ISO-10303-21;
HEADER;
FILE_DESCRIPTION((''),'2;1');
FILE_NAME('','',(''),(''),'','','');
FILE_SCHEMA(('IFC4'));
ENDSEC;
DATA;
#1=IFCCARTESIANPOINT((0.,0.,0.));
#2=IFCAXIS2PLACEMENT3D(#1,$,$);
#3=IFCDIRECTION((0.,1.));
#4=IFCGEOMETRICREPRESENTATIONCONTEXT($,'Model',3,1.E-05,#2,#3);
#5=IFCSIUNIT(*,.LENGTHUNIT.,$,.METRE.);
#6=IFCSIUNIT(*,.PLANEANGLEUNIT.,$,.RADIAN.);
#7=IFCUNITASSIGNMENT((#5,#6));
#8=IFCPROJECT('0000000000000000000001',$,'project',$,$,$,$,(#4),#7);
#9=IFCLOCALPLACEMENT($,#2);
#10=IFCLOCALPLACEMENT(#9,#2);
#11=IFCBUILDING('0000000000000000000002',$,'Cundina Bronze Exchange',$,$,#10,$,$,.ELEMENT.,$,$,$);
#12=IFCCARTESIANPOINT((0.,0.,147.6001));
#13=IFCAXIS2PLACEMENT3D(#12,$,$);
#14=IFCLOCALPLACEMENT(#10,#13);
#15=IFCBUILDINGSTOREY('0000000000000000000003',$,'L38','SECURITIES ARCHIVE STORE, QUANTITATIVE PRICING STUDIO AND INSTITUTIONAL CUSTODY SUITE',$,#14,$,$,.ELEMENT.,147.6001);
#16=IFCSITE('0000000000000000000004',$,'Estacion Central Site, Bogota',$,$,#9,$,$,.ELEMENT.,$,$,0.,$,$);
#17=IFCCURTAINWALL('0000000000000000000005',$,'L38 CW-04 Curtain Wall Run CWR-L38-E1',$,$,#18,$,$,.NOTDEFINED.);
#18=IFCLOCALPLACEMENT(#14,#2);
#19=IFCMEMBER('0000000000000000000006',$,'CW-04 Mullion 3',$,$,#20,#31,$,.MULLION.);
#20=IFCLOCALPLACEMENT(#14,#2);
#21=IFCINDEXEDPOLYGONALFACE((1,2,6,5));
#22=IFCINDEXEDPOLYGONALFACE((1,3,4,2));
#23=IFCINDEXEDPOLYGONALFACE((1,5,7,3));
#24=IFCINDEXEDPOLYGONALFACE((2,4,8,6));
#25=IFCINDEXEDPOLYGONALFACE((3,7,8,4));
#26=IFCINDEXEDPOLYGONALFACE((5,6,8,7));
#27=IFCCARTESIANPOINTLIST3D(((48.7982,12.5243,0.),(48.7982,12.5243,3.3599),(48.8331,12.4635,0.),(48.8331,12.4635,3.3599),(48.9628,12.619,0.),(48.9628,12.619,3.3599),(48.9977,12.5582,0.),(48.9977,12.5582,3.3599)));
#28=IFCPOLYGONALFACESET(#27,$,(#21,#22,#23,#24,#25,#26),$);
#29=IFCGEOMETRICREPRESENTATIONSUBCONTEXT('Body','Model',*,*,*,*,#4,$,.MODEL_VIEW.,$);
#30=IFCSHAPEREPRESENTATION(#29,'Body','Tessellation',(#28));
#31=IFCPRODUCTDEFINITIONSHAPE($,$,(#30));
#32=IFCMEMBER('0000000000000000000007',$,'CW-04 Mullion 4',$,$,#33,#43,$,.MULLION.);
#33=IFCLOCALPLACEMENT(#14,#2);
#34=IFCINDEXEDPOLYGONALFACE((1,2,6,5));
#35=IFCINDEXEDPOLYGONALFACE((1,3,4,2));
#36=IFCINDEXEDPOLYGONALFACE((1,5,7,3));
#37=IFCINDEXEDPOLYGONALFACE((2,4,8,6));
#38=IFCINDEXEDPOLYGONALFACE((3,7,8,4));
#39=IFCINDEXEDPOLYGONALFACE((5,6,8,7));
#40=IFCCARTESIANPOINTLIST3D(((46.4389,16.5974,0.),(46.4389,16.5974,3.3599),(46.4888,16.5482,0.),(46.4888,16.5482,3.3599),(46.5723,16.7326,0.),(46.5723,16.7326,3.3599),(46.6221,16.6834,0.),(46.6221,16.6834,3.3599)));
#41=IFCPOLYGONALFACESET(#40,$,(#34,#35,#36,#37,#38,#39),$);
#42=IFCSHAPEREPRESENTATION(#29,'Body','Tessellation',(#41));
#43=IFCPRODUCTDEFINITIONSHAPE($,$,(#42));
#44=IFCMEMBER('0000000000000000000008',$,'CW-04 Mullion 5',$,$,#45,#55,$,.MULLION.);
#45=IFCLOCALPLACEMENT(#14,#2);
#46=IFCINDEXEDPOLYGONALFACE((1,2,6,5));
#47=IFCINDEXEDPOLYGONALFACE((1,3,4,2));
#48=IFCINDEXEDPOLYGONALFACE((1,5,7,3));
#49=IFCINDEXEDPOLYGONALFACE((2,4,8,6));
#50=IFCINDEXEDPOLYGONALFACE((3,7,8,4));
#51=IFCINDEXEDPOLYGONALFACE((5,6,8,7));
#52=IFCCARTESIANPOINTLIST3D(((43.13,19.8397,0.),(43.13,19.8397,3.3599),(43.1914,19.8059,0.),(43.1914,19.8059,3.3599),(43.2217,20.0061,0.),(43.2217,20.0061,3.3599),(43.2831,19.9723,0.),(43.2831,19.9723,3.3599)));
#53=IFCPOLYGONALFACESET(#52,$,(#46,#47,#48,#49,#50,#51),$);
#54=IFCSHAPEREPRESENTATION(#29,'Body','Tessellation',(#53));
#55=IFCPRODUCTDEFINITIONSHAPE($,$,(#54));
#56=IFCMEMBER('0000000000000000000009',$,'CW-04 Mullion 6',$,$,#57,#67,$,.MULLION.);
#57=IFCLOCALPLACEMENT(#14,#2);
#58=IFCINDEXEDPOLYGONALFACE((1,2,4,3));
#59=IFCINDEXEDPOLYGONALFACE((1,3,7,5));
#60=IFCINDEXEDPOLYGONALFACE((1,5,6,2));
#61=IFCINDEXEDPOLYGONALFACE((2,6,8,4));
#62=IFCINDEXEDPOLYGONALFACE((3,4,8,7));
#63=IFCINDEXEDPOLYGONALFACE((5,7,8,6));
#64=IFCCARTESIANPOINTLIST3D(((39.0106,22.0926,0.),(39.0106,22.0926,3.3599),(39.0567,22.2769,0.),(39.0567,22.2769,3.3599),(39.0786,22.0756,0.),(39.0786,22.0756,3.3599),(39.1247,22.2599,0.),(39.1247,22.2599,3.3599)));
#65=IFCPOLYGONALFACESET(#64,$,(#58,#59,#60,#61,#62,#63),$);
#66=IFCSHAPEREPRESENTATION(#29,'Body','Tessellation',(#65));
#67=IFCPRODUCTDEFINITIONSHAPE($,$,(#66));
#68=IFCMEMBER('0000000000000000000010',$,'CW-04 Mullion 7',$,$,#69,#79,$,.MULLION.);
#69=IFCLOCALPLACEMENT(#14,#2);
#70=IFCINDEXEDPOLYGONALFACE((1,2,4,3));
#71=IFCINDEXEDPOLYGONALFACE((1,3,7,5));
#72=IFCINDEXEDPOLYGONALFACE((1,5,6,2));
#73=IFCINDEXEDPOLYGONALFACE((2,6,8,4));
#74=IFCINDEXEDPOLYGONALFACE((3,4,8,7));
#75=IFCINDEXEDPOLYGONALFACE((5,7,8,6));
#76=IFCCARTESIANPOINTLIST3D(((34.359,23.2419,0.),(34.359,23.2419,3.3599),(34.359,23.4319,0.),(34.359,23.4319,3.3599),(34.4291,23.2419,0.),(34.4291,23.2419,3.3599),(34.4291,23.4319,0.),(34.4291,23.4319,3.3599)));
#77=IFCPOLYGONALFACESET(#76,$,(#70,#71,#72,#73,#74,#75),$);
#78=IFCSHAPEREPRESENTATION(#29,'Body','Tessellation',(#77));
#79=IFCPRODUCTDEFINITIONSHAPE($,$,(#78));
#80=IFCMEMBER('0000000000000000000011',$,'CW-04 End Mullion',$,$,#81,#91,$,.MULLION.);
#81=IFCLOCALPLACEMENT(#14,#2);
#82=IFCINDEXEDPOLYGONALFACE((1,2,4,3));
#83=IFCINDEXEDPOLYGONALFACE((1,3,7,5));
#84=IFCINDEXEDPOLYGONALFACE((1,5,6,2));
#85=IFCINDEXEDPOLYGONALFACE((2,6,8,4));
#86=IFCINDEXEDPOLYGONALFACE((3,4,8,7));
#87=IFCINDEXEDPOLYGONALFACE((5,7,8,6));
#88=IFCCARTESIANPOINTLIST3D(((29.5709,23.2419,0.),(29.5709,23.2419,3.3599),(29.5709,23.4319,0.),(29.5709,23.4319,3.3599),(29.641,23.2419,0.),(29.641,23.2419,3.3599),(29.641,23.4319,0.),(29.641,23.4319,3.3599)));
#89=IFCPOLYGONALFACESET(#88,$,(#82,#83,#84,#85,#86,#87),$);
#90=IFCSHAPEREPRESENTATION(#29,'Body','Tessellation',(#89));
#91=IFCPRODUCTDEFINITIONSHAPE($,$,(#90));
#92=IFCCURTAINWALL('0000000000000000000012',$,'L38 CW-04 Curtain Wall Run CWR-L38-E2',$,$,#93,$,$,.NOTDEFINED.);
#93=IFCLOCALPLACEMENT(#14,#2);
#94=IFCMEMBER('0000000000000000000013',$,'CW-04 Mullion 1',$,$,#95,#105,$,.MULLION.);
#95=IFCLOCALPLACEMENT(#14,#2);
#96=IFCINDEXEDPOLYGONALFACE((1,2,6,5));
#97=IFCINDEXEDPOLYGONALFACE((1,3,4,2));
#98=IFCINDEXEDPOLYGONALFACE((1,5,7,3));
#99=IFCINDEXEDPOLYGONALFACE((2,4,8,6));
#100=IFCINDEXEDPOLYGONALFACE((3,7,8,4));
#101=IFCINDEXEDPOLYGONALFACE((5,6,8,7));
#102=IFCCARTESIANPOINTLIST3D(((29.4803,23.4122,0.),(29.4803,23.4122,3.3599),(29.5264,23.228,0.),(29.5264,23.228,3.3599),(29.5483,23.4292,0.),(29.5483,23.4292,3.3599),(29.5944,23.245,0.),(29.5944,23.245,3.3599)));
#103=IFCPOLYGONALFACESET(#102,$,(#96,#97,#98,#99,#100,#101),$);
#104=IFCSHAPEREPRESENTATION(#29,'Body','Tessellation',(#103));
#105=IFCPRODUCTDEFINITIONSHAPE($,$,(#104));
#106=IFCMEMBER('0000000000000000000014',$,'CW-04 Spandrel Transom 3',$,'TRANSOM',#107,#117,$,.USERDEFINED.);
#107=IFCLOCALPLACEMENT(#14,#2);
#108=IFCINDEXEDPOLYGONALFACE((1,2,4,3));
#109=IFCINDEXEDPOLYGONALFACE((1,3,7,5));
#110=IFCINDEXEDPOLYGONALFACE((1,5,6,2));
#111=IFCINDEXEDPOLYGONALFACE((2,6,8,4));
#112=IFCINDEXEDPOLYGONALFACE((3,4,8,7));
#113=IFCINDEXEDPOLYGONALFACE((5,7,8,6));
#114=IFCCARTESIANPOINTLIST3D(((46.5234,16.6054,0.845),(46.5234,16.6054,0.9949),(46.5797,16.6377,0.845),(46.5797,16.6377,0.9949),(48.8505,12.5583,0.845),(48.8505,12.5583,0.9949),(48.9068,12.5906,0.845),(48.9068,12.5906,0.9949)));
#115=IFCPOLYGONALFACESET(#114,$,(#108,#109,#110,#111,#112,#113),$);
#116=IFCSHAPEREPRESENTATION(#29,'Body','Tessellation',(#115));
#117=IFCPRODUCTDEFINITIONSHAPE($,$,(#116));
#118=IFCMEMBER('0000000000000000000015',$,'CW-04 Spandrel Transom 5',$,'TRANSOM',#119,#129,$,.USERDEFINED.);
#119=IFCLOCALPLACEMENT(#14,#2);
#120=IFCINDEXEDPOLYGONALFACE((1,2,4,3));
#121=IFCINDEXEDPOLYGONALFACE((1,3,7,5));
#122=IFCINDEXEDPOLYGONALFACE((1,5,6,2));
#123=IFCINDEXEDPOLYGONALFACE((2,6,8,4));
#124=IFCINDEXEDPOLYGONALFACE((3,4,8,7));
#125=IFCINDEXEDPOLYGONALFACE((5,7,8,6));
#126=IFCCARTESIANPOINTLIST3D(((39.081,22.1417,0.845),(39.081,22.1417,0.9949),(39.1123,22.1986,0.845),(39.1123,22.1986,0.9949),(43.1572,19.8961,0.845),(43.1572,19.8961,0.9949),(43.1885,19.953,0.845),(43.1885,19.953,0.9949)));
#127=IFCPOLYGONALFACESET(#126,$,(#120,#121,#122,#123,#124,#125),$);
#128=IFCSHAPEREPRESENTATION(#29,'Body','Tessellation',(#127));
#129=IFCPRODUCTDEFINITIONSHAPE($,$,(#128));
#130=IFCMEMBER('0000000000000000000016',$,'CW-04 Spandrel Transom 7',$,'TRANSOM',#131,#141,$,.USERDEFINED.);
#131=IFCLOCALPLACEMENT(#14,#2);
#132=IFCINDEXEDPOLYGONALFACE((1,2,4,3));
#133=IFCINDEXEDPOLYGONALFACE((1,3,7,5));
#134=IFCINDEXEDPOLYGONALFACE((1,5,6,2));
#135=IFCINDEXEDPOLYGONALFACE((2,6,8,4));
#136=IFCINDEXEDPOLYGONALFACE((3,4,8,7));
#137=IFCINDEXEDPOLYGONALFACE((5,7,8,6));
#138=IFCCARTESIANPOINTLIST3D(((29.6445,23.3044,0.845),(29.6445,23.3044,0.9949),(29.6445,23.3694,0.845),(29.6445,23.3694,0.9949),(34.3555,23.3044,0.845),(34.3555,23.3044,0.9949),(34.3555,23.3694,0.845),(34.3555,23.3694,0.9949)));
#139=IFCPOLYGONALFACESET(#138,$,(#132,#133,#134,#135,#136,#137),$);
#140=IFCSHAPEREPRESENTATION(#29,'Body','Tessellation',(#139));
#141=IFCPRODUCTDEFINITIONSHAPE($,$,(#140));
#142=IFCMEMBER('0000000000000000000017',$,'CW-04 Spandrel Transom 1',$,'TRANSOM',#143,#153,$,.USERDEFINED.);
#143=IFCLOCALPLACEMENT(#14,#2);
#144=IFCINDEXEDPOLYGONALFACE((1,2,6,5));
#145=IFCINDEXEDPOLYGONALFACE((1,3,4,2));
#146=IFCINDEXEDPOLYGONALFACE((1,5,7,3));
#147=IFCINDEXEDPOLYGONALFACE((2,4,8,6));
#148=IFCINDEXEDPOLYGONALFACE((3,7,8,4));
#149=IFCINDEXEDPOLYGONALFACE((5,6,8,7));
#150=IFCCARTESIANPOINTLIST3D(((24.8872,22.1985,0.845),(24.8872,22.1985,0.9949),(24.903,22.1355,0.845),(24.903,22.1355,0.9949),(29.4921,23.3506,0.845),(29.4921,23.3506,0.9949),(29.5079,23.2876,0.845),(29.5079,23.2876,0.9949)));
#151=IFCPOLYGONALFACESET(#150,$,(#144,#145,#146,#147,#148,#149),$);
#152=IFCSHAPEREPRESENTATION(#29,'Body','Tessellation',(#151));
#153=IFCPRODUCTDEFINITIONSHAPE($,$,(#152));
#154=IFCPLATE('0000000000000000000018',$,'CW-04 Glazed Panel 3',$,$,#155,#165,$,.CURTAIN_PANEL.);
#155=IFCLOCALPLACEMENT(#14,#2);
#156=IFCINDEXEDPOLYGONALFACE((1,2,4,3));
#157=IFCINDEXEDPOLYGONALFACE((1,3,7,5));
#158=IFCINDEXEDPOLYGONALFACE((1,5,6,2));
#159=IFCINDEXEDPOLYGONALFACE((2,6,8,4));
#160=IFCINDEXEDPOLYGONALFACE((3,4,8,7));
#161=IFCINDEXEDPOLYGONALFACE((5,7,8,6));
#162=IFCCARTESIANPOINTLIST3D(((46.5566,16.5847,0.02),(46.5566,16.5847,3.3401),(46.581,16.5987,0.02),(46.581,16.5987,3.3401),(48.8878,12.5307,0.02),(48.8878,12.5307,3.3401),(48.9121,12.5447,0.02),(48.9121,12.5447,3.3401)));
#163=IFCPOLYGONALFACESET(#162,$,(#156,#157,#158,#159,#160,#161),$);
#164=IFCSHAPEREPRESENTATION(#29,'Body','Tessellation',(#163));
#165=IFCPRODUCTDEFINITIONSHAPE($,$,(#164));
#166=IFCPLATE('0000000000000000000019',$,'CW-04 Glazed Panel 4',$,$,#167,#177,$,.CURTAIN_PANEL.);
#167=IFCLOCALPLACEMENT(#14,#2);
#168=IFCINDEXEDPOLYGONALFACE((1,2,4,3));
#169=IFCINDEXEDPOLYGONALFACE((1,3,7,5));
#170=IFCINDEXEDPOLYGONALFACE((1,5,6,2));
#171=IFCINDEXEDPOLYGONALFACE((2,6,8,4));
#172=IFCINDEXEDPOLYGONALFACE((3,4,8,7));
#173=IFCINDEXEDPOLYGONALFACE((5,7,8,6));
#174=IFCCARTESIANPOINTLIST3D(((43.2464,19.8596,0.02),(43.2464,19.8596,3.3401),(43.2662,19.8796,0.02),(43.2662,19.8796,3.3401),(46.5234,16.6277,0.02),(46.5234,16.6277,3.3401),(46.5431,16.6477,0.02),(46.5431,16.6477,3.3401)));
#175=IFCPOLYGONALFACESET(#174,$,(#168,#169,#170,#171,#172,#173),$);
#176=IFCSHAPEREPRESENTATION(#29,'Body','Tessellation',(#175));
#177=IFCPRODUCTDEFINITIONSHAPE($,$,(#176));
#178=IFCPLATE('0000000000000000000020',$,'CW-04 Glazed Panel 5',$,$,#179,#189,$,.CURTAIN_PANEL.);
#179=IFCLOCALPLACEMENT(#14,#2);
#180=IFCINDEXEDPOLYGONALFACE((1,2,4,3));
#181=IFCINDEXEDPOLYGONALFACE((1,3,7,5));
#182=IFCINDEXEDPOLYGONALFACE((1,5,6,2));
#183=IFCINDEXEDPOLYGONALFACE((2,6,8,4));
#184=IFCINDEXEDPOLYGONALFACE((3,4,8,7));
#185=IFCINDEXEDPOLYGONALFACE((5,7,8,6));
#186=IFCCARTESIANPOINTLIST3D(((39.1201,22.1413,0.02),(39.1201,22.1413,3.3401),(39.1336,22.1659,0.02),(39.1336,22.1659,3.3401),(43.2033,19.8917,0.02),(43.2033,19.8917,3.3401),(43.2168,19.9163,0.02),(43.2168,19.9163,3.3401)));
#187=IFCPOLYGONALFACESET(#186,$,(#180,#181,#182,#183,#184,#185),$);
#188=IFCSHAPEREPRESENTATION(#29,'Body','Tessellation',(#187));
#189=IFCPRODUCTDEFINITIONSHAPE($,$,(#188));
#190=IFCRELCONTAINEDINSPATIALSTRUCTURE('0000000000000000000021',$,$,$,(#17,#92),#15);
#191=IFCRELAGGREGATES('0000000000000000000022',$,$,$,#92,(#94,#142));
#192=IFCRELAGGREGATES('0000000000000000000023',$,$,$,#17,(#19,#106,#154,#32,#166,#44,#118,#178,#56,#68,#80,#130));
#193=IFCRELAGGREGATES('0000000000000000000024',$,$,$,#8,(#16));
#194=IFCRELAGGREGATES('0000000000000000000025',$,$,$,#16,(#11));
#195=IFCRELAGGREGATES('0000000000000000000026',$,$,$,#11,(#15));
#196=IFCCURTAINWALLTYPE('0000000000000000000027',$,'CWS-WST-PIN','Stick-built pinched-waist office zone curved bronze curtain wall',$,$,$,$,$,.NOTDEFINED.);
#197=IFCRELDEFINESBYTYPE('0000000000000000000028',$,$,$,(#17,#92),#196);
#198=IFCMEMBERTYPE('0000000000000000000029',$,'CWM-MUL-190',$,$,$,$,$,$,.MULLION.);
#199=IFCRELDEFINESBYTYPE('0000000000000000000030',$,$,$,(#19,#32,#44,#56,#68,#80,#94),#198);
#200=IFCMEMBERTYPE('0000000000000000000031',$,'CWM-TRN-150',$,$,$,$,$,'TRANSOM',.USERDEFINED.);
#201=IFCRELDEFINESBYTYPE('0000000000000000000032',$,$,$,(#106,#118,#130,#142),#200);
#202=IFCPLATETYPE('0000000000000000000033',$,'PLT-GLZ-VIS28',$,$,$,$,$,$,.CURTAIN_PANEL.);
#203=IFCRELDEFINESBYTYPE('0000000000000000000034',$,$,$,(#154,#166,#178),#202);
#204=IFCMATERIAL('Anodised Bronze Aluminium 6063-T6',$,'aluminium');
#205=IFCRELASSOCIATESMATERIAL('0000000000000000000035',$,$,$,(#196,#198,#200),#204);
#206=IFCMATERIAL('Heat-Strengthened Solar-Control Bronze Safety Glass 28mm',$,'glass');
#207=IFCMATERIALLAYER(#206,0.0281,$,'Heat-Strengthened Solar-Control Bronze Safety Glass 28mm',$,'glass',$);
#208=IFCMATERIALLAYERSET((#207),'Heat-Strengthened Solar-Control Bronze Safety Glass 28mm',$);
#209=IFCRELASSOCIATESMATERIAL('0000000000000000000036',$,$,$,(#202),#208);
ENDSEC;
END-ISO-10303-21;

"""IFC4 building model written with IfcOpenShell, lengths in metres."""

from ifc_helpers import new_model, si_unit, direction, frame, origin, origin_2d, place, context, subcontext, project, spatial, rectangle, extrude, material, layer, layer_set, material_profile, profile_set, type_object, element, aggregate, save


model = new_model("IFC4")

# Units and contexts
model_context = context("Model", 3, precision=1e-05, world=origin(), true_north=direction((0.0, 1.0)))
body_context = subcontext(model_context, "Body", "Model", "MODEL_VIEW")
ifc_project = project(units=[si_unit("LENGTHUNIT", "METRE"), si_unit("PLANEANGLEUNIT", "RADIAN")], contexts=[model_context])

# Site, building, storey
site_placement = place(None, origin())
site = spatial("IfcSite", under=ifc_project, at=site_placement, Name="Estacion Central Site, Bogota", CompositionType="ELEMENT", RefElevation=0.0)
building_placement = place(site_placement, origin())
building = spatial("IfcBuilding", under=site, at=building_placement, Name="Cundina Bronze Exchange", CompositionType="ELEMENT")
storey_placement = place(building_placement, frame((0.0, 0.0, 147.6001)))
storey = spatial("IfcBuildingStorey", under=building, at=storey_placement, Name="L38", Description="SECURITIES ARCHIVE STORE, QUANTITATIVE PRICING STUDIO AND INSTITUTIONAL CUSTODY SUITE", CompositionType="ELEMENT", Elevation=147.6001)

# Curtain wall, members
ifc_material_1 = material(Name="Anodised Bronze Aluminium 6063-T6", Category="aluminium")
curtain_wall_type = type_object("IfcCurtainWallType", Name="CWS-WST-PIN", Description="Stick-built pinched-waist office zone curved bronze curtain wall", PredefinedType="NOTDEFINED", material=ifc_material_1)
curtain_wall_1_placement = place(storey_placement, origin())
curtain_wall_1 = element("IfcCurtainWall", 1, at=curtain_wall_1_placement, inside=storey, type_object=curtain_wall_type, Name="L38 CW-04 Curtain Wall Run CWR-L38-E1", PredefinedType="NOTDEFINED")
ifc_material_profile_1 = material_profile(ifc_material_1, rectangle(XDim=0.0701, YDim=0.1899, at=origin_2d()), Name="AL70X190", Category="aluminium")
ifc_profile_set_1 = profile_set([ifc_material_profile_1], Name="Anodised Bronze Aluminium 6063-T6")
member_type_1 = type_object("IfcMemberType", Name="CWM-MUL-190", PredefinedType="MULLION", material=ifc_profile_set_1)
member_1_placement = place(storey_placement, frame((48.8979, 12.5413, 0.0), z_axis=(0.0, 0.0, 1.0), x_axis=(-0.498488, 0.866897, 0.0)))
member_1 = element("IfcMember", 2, at=member_1_placement, type_object=member_type_1, Name="CW-04 Mullion 3", PredefinedType="MULLION", context=body_context, shape_type="SweptSolid", body=[
    extrude(rectangle(XDim=0.0701, YDim=0.1899, at=origin_2d()), origin(), (0.0, 0.0, 1.0), 3.3599),
])
member_2_placement = place(storey_placement, frame((46.5305, 16.6404, 0.0), z_axis=(0.0, 0.0, 1.0), x_axis=(-0.712026, 0.702153, 0.0)))
member_2 = element("IfcMember", 3, at=member_2_placement, type_object=member_type_1, Name="CW-04 Mullion 4", PredefinedType="MULLION", context=body_context, shape_type="SweptSolid", body=[
    extrude(rectangle(XDim=0.0701, YDim=0.1899, at=origin_2d()), origin(), (0.0, 0.0, 1.0), 3.3599),
])
member_3_placement = place(storey_placement, frame((43.2065, 19.906, 0.0), z_axis=(0.0, 0.0, 1.0), x_axis=(-0.875886, 0.482518, 0.0)))
member_3 = element("IfcMember", 4, at=member_3_placement, type_object=member_type_1, Name="CW-04 Mullion 5", PredefinedType="MULLION", context=body_context, shape_type="SweptSolid", body=[
    extrude(rectangle(XDim=0.0701, YDim=0.1899, at=origin_2d()), origin(), (0.0, 0.0, 1.0), 3.3599),
])
member_4_placement = place(storey_placement, frame((39.0676, 22.1763, 0.0), z_axis=(0.0, 0.0, 1.0), x_axis=(-0.970084, 0.242769, 0.0)))
member_4 = element("IfcMember", 5, at=member_4_placement, type_object=member_type_1, Name="CW-04 Mullion 6", PredefinedType="MULLION", context=body_context, shape_type="SweptSolid", body=[
    extrude(rectangle(XDim=0.0701, YDim=0.1899, at=origin_2d()), origin(), (0.0, 0.0, 1.0), 3.3599),
])
member_5_placement = place(storey_placement, frame((34.394, 23.3369, 0.0), z_axis=(0.0, 0.0, 1.0), x_axis=(-1.0, 0.0, 0.0)))
member_5 = element("IfcMember", 6, at=member_5_placement, type_object=member_type_1, Name="CW-04 Mullion 7", PredefinedType="MULLION", context=body_context, shape_type="SweptSolid", body=[
    extrude(rectangle(XDim=0.0701, YDim=0.1899, at=origin_2d()), origin(), (0.0, 0.0, 1.0), 3.3599),
])
member_6_placement = place(storey_placement, frame((29.606, 23.3369, 0.0), z_axis=(0.0, 0.0, 1.0), x_axis=(-1.0, 0.0, 0.0)))
member_6 = element("IfcMember", 7, at=member_6_placement, type_object=member_type_1, Name="CW-04 End Mullion", PredefinedType="MULLION", context=body_context, shape_type="SweptSolid", body=[
    extrude(rectangle(XDim=0.0701, YDim=0.1899, at=origin_2d()), origin(), (0.0, 0.0, 1.0), 3.3599),
])

# Curtain wall, member
curtain_wall_2_placement = place(storey_placement, origin())
curtain_wall_2 = element("IfcCurtainWall", 8, at=curtain_wall_2_placement, inside=storey, type_object=curtain_wall_type, Name="L38 CW-04 Curtain Wall Run CWR-L38-E2", PredefinedType="NOTDEFINED")
member_7_placement = place(storey_placement, frame((29.5374, 23.3286, 0.0), z_axis=(0.0, 0.0, 1.0), x_axis=(-0.970084, -0.242769, 0.0)))
member_7 = element("IfcMember", 9, at=member_7_placement, type_object=member_type_1, Name="CW-04 Mullion 1", PredefinedType="MULLION", context=body_context, shape_type="SweptSolid", body=[
    extrude(rectangle(XDim=0.0701, YDim=0.1899, at=origin_2d()), origin(), (0.0, 0.0, 1.0), 3.3599),
])

# Members
ifc_material_profile_2 = material_profile(ifc_material_1, rectangle(XDim=0.0649, YDim=0.1499, at=origin_2d()), Name="AL65X150", Category="aluminium")
ifc_profile_set_2 = profile_set([ifc_material_profile_2], Name="Anodised Bronze Aluminium 6063-T6")
member_type_2 = type_object("IfcMemberType", Name="CWM-TRN-150", ElementType="TRANSOM", PredefinedType="USERDEFINED", material=ifc_profile_set_2)
member_8_placement = place(storey_placement, frame((48.8787, 12.5745, 0.9199), z_axis=(-0.49848, 0.866901, 0.0), x_axis=(-0.866901, -0.49848, 0.0)))
member_8 = element("IfcMember", 10, at=member_8_placement, type_object=member_type_2, Name="CW-04 Spandrel Transom 3", ObjectType="TRANSOM", PredefinedType="USERDEFINED", context=body_context, shape_type="SweptSolid", body=[
    extrude(rectangle(XDim=0.0649, YDim=0.1499, at=origin_2d()), origin(), (0.0, 0.0, 1.0), 4.6685),
])
member_9_placement = place(storey_placement, frame((43.1729, 19.9246, 0.9199), z_axis=(-0.875879, 0.482531, 0.0), x_axis=(-0.482531, -0.875879, 0.0)))
member_9 = element("IfcMember", 11, at=member_9_placement, type_object=member_type_2, Name="CW-04 Spandrel Transom 5", ObjectType="TRANSOM", PredefinedType="USERDEFINED", context=body_context, shape_type="SweptSolid", body=[
    extrude(rectangle(XDim=0.0649, YDim=0.1499, at=origin_2d()), origin(), (0.0, 0.0, 1.0), 4.6538),
])
member_10_placement = place(storey_placement, frame((34.3555, 23.3369, 0.9199), z_axis=(-1.0, 0.0, 0.0), x_axis=(0.0, -1.0, 0.0)))
member_10 = element("IfcMember", 12, at=member_10_placement, type_object=member_type_2, Name="CW-04 Spandrel Transom 7", ObjectType="TRANSOM", PredefinedType="USERDEFINED", context=body_context, shape_type="SweptSolid", body=[
    extrude(rectangle(XDim=0.0649, YDim=0.1499, at=origin_2d()), origin(), (0.0, 0.0, 1.0), 4.7109),
])
member_11_placement = place(storey_placement, frame((29.5, 23.3191, 0.9199), z_axis=(-0.9701, -0.242705, 0.0), x_axis=(0.242705, -0.9701, 0.0)))
member_11 = element("IfcMember", 13, at=member_11_placement, type_object=member_type_2, Name="CW-04 Spandrel Transom 1", ObjectType="TRANSOM", PredefinedType="USERDEFINED", context=body_context, shape_type="SweptSolid", body=[
    extrude(rectangle(XDim=0.0649, YDim=0.1499, at=origin_2d()), origin(), (0.0, 0.0, 1.0), 4.7468),
])
aggregate(curtain_wall_2, [member_7, member_11])

# Plates
ifc_material_2 = material(Name="Heat-Strengthened Solar-Control Bronze Safety Glass 28mm", Category="glass")
ifc_layer_1 = layer(ifc_material_2, 0.0281, Name="Heat-Strengthened Solar-Control Bronze Safety Glass 28mm", Category="glass")
ifc_layer_set_1 = layer_set([ifc_layer_1], Name="Heat-Strengthened Solar-Control Bronze Safety Glass 28mm")
plate_type_1 = type_object("IfcPlateType", Name="PLT-GLZ-VIS28", PredefinedType="CURTAIN_PANEL", material=ifc_layer_set_1)
plate_1_placement = place(storey_placement, frame((47.7344, 14.5647, 0.02), z_axis=(0.0, 0.0, 1.0), x_axis=(-0.498488, 0.866897, 0.0)))
plate_1 = element("IfcPlate", 14, at=plate_1_placement, type_object=plate_type_1, Name="CW-04 Glazed Panel 3", PredefinedType="CURTAIN_PANEL", context=body_context, shape_type="SweptSolid", body=[
    extrude(rectangle(XDim=4.6765, YDim=0.0281, at=origin_2d()), origin(), (0.0, 0.0, 1.0), 3.3201),
])
plate_2_placement = place(storey_placement, frame((44.8948, 18.2537, 0.02), z_axis=(0.0, 0.0, 1.0), x_axis=(-0.711989, 0.70219, 0.0)))
plate_2 = element("IfcPlate", 15, at=plate_2_placement, type_object=plate_type_1, Name="CW-04 Glazed Panel 4", PredefinedType="CURTAIN_PANEL", context=body_context, shape_type="SweptSolid", body=[
    extrude(rectangle(XDim=4.6025, YDim=0.0281, at=origin_2d()), origin(), (0.0, 0.0, 1.0), 3.3201),
])
plate_3_placement = place(storey_placement, frame((41.1685, 21.0288, 0.02), z_axis=(0.0, 0.0, 1.0), x_axis=(-0.875869, 0.482549, 0.0)))
plate_3 = element("IfcPlate", 16, at=plate_3_placement, type_object=plate_type_1, Name="CW-04 Glazed Panel 5", PredefinedType="CURTAIN_PANEL", context=body_context, shape_type="SweptSolid", body=[
    extrude(rectangle(XDim=4.6619, YDim=0.0281, at=origin_2d()), origin(), (0.0, 0.0, 1.0), 3.3201),
])
aggregate(curtain_wall_1, [member_1, member_8, plate_1, member_2, plate_2, member_3, member_9, plate_3, member_4, member_5, member_6, member_10])

save(model, "model.ifc")
